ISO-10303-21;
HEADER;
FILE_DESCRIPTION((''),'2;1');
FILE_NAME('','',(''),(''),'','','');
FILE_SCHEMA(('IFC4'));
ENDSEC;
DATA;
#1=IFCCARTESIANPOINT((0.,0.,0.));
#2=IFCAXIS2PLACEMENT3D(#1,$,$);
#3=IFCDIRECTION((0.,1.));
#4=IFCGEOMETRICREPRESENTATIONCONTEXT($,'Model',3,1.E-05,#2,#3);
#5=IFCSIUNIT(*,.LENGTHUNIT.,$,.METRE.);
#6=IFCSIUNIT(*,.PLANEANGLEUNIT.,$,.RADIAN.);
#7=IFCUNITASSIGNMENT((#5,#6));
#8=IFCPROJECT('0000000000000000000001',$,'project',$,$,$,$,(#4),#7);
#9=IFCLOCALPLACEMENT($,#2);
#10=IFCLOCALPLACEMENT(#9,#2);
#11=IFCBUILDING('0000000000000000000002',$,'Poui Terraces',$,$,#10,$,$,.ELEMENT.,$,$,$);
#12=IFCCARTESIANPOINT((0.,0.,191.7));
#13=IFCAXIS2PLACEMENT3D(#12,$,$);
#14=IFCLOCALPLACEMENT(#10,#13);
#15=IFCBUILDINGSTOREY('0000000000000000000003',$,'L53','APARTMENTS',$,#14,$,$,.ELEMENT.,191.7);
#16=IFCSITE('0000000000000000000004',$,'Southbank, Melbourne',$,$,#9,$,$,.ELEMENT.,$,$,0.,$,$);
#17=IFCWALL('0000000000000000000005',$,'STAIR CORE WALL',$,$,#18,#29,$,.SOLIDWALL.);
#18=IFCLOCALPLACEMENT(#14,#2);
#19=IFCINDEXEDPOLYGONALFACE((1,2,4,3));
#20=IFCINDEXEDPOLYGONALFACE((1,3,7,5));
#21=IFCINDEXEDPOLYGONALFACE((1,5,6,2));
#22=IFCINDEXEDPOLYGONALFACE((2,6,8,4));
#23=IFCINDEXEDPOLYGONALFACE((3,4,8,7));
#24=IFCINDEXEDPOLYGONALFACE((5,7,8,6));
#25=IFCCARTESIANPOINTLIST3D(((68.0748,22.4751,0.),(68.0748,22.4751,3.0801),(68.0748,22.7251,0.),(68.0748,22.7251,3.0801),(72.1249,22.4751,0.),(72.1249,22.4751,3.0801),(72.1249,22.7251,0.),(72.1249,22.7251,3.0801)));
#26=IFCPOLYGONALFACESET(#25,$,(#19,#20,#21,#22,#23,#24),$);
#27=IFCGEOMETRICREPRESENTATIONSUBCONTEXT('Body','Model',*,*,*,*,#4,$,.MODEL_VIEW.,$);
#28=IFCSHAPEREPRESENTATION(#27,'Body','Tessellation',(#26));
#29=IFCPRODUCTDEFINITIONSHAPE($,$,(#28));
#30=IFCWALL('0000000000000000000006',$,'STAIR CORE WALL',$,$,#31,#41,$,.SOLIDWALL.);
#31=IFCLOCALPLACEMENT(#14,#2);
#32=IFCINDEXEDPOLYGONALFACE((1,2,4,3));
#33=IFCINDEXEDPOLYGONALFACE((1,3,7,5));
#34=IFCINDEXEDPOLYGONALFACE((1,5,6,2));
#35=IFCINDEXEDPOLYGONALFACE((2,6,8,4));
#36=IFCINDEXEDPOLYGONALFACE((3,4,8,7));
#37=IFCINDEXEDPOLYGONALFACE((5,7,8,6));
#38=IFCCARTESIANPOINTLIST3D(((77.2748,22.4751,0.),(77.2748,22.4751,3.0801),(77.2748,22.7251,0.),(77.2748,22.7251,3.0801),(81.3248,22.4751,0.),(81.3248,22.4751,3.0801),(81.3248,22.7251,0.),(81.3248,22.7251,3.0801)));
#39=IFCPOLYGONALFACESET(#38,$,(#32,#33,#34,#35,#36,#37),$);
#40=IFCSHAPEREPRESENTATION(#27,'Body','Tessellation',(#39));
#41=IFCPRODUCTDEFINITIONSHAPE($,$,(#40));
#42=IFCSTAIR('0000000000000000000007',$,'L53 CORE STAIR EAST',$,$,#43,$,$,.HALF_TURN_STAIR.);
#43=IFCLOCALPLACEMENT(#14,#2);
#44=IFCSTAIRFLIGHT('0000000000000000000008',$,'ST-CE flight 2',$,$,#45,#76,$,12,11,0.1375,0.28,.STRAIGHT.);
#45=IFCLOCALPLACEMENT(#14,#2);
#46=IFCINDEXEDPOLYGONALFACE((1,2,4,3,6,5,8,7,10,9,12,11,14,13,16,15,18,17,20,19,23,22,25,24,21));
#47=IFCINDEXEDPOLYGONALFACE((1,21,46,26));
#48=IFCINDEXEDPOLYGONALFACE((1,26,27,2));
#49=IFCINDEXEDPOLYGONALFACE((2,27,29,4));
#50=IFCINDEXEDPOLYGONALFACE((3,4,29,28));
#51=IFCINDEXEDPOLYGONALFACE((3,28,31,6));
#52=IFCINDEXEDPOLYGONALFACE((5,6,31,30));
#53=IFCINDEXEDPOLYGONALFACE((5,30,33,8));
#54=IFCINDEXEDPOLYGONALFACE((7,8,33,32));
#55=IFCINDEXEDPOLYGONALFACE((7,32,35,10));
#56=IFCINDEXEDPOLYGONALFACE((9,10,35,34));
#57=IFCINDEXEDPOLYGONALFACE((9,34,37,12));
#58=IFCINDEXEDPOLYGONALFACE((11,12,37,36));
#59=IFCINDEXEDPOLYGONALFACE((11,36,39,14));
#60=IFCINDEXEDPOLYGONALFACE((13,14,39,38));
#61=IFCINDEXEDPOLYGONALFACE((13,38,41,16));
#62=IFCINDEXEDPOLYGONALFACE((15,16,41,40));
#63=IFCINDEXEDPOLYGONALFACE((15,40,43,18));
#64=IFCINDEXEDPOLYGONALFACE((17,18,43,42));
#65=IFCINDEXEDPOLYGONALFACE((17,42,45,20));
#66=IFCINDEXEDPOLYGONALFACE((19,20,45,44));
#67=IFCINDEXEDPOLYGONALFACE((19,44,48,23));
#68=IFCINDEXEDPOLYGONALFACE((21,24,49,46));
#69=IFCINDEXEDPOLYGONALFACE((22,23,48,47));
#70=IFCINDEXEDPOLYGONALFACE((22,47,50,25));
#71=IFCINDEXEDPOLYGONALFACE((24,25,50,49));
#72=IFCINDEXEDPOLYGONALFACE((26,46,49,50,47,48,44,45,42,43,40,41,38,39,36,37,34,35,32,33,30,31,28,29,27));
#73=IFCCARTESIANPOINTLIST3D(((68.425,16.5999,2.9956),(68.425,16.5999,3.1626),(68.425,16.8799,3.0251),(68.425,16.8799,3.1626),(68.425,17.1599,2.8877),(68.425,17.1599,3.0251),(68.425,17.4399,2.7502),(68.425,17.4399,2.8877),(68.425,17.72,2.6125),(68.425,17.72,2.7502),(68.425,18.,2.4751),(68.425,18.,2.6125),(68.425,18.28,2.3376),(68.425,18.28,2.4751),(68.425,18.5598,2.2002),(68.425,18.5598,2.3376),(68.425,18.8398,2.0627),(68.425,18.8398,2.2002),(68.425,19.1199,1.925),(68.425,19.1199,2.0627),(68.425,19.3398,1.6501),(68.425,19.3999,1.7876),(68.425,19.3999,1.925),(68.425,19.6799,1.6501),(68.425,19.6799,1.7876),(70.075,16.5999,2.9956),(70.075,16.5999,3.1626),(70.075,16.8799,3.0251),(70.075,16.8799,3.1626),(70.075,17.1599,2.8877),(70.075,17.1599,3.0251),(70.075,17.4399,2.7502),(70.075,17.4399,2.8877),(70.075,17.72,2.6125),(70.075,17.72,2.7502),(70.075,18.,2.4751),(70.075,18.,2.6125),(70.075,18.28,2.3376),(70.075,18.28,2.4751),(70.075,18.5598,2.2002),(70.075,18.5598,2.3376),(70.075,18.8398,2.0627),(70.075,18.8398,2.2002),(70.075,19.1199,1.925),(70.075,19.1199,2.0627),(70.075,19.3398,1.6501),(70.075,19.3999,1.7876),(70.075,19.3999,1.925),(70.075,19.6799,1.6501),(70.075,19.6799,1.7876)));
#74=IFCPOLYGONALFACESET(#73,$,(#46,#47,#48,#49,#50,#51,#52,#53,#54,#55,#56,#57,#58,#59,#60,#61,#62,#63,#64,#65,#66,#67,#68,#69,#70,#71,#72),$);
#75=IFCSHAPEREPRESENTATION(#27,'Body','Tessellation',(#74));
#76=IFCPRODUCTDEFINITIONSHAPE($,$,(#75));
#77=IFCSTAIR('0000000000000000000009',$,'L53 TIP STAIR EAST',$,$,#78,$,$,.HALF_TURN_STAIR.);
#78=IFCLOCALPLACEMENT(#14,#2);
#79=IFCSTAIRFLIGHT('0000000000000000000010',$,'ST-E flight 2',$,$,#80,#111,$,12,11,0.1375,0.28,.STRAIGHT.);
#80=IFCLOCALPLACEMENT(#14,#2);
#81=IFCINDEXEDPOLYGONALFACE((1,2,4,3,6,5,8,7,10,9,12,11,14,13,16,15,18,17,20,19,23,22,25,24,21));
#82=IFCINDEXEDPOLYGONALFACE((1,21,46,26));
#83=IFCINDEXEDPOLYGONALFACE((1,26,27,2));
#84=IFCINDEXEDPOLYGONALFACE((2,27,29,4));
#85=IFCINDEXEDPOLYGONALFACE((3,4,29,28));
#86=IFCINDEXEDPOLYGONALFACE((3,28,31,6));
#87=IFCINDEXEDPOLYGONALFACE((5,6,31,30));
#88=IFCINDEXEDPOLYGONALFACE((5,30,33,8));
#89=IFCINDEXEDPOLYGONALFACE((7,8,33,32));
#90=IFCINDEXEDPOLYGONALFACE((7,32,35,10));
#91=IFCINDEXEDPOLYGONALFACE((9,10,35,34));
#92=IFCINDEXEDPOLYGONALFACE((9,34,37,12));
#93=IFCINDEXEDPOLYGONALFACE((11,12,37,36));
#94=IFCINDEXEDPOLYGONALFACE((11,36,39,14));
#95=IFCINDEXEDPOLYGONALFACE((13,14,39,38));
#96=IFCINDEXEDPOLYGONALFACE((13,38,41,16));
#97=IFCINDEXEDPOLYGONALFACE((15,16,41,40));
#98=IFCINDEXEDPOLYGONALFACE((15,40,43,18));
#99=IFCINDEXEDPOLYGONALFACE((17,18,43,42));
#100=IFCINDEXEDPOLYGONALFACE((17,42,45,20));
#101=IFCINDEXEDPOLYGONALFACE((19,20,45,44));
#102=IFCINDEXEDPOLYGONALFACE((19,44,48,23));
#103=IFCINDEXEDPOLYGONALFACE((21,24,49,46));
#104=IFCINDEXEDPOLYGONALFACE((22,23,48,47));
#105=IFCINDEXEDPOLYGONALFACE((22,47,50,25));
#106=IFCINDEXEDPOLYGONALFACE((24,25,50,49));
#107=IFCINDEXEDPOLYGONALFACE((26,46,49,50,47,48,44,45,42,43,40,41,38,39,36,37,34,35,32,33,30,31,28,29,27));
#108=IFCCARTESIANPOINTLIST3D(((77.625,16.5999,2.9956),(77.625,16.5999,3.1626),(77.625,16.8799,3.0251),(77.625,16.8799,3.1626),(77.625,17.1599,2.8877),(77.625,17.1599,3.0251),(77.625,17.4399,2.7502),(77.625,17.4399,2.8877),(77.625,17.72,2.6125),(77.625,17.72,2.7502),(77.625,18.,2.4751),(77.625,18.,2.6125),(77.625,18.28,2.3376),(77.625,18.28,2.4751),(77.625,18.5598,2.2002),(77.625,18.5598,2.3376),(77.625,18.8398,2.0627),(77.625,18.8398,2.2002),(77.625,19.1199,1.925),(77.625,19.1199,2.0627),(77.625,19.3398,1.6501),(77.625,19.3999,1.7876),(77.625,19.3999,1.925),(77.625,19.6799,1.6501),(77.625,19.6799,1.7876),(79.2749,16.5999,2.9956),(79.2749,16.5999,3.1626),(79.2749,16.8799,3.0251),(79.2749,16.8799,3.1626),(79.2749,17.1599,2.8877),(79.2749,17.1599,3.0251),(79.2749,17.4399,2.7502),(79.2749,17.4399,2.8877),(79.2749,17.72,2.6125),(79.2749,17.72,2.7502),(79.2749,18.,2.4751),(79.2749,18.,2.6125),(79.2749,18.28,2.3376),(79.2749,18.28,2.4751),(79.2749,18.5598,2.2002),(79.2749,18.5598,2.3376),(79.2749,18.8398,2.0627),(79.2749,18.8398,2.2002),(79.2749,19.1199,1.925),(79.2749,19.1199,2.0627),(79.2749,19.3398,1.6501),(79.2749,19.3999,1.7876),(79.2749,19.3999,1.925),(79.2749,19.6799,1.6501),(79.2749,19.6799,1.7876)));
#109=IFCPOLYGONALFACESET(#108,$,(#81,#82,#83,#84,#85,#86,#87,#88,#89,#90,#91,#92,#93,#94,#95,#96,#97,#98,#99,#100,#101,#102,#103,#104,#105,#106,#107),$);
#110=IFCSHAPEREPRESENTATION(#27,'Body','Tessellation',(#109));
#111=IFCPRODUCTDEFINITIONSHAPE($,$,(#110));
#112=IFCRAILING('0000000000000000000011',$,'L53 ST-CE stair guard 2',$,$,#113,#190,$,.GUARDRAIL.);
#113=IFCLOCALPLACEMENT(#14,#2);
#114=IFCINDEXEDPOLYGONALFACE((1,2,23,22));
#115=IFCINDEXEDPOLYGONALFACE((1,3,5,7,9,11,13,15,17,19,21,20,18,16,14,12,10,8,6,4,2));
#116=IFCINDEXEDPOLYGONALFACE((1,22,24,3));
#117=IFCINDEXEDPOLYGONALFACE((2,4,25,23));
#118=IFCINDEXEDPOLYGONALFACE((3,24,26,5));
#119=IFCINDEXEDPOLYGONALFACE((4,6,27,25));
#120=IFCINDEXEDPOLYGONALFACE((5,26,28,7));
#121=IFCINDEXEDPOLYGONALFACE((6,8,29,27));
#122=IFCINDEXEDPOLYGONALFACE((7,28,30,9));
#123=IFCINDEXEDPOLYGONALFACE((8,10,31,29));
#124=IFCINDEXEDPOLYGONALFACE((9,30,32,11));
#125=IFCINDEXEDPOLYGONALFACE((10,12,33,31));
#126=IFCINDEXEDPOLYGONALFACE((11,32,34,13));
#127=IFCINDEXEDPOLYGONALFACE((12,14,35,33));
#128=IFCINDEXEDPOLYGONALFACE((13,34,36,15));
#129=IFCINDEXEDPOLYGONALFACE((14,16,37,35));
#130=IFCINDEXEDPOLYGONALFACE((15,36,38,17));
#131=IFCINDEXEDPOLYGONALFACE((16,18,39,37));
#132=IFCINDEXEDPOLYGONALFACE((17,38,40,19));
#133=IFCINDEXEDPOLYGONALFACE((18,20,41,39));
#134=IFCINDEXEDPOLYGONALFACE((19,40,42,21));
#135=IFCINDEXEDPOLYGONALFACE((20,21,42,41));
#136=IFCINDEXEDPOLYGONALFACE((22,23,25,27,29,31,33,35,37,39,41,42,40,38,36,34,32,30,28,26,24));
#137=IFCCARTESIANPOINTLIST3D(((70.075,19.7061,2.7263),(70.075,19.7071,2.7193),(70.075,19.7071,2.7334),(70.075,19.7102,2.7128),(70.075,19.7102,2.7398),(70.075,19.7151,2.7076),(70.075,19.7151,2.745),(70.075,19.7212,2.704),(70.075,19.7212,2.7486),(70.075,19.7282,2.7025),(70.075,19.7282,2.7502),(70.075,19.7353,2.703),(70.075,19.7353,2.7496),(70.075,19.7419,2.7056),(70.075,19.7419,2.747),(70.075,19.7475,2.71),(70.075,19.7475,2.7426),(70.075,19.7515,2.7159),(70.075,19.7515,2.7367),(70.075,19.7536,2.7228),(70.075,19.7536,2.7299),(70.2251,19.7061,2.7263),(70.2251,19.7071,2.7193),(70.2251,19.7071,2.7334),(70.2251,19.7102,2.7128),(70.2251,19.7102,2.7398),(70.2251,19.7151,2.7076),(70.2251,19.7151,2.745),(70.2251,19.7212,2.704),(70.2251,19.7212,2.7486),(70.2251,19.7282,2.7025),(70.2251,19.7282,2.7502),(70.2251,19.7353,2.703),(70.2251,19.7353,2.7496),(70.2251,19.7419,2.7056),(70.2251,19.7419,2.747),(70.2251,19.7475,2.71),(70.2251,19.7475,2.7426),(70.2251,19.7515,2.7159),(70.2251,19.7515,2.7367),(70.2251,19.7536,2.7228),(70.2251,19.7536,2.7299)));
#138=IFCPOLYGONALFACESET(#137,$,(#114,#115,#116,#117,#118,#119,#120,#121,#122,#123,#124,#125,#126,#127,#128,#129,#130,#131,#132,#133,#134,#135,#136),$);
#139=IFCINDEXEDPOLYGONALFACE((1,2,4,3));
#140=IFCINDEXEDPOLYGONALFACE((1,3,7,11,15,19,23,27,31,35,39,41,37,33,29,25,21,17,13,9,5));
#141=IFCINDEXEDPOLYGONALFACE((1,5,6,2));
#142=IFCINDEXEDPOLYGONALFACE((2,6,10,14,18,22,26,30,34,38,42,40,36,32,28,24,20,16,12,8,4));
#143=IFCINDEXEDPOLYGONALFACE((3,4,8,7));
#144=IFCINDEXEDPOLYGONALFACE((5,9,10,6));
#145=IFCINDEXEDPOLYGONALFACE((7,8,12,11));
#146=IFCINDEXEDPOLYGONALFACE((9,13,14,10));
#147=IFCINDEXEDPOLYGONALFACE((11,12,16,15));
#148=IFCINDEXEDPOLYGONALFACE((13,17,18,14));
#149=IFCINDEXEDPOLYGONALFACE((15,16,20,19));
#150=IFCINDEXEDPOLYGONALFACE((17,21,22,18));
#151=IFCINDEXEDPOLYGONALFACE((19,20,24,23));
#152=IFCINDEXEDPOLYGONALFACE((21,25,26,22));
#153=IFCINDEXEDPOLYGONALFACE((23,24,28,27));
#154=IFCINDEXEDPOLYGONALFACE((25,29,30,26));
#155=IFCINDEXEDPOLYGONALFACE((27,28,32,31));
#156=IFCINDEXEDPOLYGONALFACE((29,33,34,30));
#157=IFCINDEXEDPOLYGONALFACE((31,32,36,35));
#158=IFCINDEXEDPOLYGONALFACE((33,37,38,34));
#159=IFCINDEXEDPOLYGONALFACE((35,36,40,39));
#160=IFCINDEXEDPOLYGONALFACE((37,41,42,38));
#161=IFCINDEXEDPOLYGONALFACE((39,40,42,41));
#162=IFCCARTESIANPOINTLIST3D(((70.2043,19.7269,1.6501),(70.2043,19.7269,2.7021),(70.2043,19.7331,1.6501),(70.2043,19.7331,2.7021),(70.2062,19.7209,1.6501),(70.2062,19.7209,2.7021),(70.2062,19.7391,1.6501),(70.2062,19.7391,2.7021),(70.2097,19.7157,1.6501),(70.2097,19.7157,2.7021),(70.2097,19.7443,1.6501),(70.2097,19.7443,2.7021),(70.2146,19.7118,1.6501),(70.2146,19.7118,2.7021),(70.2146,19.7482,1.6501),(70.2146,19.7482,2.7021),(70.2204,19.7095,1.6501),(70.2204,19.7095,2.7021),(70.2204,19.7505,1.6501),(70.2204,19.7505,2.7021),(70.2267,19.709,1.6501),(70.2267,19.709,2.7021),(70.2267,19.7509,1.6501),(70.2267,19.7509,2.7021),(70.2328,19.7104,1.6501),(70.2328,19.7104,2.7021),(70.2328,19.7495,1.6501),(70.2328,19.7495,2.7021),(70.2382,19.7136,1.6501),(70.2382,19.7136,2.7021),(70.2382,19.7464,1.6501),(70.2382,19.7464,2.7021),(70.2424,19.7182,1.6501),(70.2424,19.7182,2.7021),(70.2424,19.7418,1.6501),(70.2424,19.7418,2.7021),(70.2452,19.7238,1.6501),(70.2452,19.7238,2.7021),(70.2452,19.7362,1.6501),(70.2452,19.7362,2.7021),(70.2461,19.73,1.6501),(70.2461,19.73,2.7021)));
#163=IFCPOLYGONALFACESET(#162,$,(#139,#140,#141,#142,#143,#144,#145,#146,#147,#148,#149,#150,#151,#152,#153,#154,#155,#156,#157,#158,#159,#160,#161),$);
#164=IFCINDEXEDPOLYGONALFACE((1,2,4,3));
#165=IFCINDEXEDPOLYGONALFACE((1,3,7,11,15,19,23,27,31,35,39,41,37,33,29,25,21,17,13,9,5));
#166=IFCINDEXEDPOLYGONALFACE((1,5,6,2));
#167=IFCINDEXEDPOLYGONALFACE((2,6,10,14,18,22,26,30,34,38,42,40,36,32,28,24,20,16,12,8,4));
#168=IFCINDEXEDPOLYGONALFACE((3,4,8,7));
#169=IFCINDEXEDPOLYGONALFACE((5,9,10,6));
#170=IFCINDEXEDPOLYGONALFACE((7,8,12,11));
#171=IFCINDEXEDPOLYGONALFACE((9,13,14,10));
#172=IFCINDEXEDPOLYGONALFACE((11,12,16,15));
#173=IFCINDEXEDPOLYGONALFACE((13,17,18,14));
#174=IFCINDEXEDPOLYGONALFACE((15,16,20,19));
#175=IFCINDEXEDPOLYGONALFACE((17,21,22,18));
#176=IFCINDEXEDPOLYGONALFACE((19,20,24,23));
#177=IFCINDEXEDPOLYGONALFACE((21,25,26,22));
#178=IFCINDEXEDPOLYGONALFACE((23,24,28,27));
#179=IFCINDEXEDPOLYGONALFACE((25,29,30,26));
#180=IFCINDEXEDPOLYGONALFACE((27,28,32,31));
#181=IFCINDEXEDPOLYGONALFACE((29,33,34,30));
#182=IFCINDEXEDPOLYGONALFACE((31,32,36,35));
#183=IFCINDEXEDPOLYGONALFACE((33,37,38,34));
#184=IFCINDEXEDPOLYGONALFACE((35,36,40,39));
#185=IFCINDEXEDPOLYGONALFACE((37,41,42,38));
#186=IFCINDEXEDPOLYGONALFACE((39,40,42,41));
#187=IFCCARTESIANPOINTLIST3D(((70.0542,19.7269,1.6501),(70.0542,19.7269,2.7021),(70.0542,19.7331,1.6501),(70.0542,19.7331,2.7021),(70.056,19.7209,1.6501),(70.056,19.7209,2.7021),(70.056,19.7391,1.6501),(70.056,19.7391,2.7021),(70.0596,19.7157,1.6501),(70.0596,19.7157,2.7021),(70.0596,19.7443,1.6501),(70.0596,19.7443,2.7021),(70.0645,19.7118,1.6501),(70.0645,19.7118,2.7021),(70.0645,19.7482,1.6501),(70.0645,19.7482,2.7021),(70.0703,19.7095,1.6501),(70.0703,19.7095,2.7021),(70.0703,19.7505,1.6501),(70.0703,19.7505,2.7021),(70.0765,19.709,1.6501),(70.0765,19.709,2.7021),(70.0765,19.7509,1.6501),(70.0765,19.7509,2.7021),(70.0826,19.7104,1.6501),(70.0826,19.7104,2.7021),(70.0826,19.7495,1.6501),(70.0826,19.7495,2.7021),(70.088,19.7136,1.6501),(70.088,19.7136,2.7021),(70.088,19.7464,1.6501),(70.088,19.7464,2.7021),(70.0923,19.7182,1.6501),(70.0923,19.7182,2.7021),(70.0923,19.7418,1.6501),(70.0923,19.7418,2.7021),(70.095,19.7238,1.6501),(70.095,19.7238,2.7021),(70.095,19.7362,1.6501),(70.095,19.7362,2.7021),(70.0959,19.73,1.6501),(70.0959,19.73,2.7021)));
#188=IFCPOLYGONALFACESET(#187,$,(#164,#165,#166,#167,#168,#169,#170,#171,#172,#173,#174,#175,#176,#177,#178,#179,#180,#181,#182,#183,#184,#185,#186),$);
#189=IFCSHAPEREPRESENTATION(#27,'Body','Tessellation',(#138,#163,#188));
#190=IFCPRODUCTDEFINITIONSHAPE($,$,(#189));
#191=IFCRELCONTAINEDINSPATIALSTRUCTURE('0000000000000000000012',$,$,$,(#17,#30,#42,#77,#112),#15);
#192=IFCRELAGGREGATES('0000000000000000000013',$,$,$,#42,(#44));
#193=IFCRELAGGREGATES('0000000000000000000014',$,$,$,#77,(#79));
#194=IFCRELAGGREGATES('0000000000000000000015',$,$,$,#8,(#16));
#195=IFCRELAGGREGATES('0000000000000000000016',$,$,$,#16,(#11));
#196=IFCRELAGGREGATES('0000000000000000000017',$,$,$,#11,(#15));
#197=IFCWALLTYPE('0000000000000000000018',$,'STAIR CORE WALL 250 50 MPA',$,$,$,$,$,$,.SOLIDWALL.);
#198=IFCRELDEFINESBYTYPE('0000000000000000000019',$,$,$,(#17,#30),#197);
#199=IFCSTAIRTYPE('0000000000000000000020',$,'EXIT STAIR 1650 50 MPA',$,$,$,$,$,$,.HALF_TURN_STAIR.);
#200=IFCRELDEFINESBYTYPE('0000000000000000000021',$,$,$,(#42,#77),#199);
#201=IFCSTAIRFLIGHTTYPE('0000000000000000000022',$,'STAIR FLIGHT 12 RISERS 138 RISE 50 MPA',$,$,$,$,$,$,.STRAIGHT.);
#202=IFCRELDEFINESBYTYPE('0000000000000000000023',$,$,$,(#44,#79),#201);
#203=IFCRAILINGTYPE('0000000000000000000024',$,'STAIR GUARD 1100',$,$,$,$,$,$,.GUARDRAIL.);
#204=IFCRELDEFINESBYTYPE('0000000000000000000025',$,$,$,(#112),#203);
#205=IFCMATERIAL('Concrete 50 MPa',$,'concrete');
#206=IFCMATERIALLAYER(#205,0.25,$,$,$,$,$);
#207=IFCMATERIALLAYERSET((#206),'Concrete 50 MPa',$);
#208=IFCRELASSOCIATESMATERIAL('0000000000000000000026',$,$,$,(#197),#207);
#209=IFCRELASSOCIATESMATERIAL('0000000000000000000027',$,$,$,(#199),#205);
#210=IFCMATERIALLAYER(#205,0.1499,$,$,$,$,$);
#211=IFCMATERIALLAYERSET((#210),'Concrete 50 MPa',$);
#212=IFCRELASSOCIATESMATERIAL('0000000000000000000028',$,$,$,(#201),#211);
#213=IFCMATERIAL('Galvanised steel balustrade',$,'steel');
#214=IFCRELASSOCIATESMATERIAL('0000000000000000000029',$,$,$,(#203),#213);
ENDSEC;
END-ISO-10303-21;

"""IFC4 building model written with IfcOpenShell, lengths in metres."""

from ifc_helpers import new_model, si_unit, direction, frame, frame_2d, origin, origin_2d, place, context, subcontext, project, spatial, polyline, rectangle, circle, outline, extrude, material, layer, layer_set, type_object, element, aggregate, save


model = new_model("IFC4")

# Units and contexts
model_context = context("Model", 3, precision=1e-05, world=origin(), true_north=direction((0.0, 1.0)))
body_context = subcontext(model_context, "Body", "Model", "MODEL_VIEW")
ifc_project = project(units=[si_unit("LENGTHUNIT", "METRE"), si_unit("PLANEANGLEUNIT", "RADIAN")], contexts=[model_context])

# Site, building, storey
site_placement = place(None, origin())
site = spatial("IfcSite", under=ifc_project, at=site_placement, Name="Southbank, Melbourne", CompositionType="ELEMENT", RefElevation=0.0)
building_placement = place(site_placement, origin())
building = spatial("IfcBuilding", under=site, at=building_placement, Name="Poui Terraces", CompositionType="ELEMENT")
storey_placement = place(building_placement, frame((0.0, 0.0, 191.7)))
storey = spatial("IfcBuildingStorey", under=building, at=storey_placement, Name="L53", Description="APARTMENTS", CompositionType="ELEMENT", Elevation=191.7)

# Shared definitions
ifc_material_1 = material(Name="Concrete 50 MPa", Category="concrete")

# Walls
ifc_layer_1 = layer(ifc_material_1, 0.25)
ifc_layer_set_1 = layer_set([ifc_layer_1], Name="Concrete 50 MPa")
wall_type_1 = type_object("IfcWallType", Name="STAIR CORE WALL 250 50 MPA", PredefinedType="SOLIDWALL", material=ifc_layer_set_1)
for number, where, z_axis, x_axis, name in (
    (1, (68.075, 22.6001, 0.0), (0.0, 0.0, 1.0), (1.0, 0.0, 0.0), "STAIR CORE WALL"),
    (2, (77.2749, 22.6001, 0.0), (0.0, 0.0, 1.0), (1.0, 0.0, 0.0), "STAIR CORE WALL"),
):
    element("IfcWall", number, at=place(storey_placement, frame(where, z_axis=z_axis, x_axis=x_axis)), inside=storey, type_object=wall_type_1, Name=name, PredefinedType="SOLIDWALL", context=body_context, shape_type="SweptSolid", body=[
        extrude(rectangle(XDim=4.05, YDim=0.25, at=frame_2d((2.0249, 0.0))), origin(), (0.0, 0.0, 1.0), 3.0801),
    ])

# Stairs, stair flights
stair_type = type_object("IfcStairType", Name="EXIT STAIR 1650 50 MPA", PredefinedType="HALF_TURN_STAIR", material=ifc_material_1)
stair_1_placement = place(storey_placement, origin())
stair_1 = element("IfcStair", 3, at=stair_1_placement, inside=storey, type_object=stair_type, Name="L53 CORE STAIR EAST", PredefinedType="HALF_TURN_STAIR")
ifc_layer_2 = layer(ifc_material_1, 0.1499)
ifc_layer_set_2 = layer_set([ifc_layer_2], Name="Concrete 50 MPa")
stair_flight_type = type_object("IfcStairFlightType", Name="STAIR FLIGHT 12 RISERS 138 RISE 50 MPA", PredefinedType="STRAIGHT", material=ifc_layer_set_2)
stair_flight_1_placement = place(storey_placement, frame((69.25, 19.6799, 1.6501), z_axis=(0.0, 0.0, 1.0), x_axis=(0.0, -1.0, 0.0)))
stair_flight_1 = element("IfcStairFlight", 4, at=stair_flight_1_placement, type_object=stair_flight_type, Name="ST-CE flight 2", NumberOfRisers=12, NumberOfTreads=11, PredefinedType="STRAIGHT", RiserHeight=0.1375, TreadLength=0.28, context=body_context, shape_type="SweptSolid", body=[
    extrude(outline(polyline([(0.0, 0.0), (0.0, 0.1375), (0.28, 0.1375), (0.28, 0.2749), (0.5601, 0.2749), (0.5601, 0.4126), (0.8401, 0.4126), (0.8401, 0.55), (1.1201, 0.55), (1.1201, 0.6875), (1.3999, 0.6875), (1.3999, 0.825), (1.6799, 0.825), (1.6799, 0.9624), (1.96, 0.9624), (1.96, 1.1001), (2.24, 1.1001), (2.24, 1.2375), (2.52, 1.2375), (2.52, 1.375), (2.8, 1.375), (2.8, 1.5125), (3.0801, 1.5125), (3.0801, 1.6499), (3.0801, 1.3455), (0.3401, 0.0), (0.0, 0.0)])), frame((0.0, 0.825, 0.0), z_axis=(0.0, -1.0, 0.0), x_axis=(1.0, 0.0, 0.0)), (0.0, 0.0, 1.0), 1.6499),
])
aggregate(stair_1, [stair_flight_1])
stair_2_placement = place(storey_placement, origin())
stair_2 = element("IfcStair", 5, at=stair_2_placement, inside=storey, type_object=stair_type, Name="L53 TIP STAIR EAST", PredefinedType="HALF_TURN_STAIR")
stair_flight_2_placement = place(storey_placement, frame((78.45, 19.6799, 1.6501), z_axis=(0.0, 0.0, 1.0), x_axis=(0.0, -1.0, 0.0)))
stair_flight_2 = element("IfcStairFlight", 6, at=stair_flight_2_placement, type_object=stair_flight_type, Name="ST-E flight 2", NumberOfRisers=12, NumberOfTreads=11, PredefinedType="STRAIGHT", RiserHeight=0.1375, TreadLength=0.28, context=body_context, shape_type="SweptSolid", body=[
    extrude(outline(polyline([(0.0, 0.0), (0.0, 0.1375), (0.28, 0.1375), (0.28, 0.2749), (0.5601, 0.2749), (0.5601, 0.4126), (0.8401, 0.4126), (0.8401, 0.55), (1.1201, 0.55), (1.1201, 0.6875), (1.3999, 0.6875), (1.3999, 0.825), (1.6799, 0.825), (1.6799, 0.9624), (1.96, 0.9624), (1.96, 1.1001), (2.24, 1.1001), (2.24, 1.2375), (2.52, 1.2375), (2.52, 1.375), (2.8, 1.375), (2.8, 1.5125), (3.0801, 1.5125), (3.0801, 1.6499), (3.0801, 1.3455), (0.3401, 0.0), (0.0, 0.0)])), frame((0.0, 0.825, 0.0), z_axis=(0.0, -1.0, 0.0), x_axis=(1.0, 0.0, 0.0)), (0.0, 0.0, 1.0), 1.6499),
])
aggregate(stair_2, [stair_flight_2])

# Railing
ifc_material_2 = material(Name="Galvanised steel balustrade", Category="steel")
railing_type_1 = type_object("IfcRailingType", Name="STAIR GUARD 1100", PredefinedType="GUARDRAIL", material=ifc_material_2)
railing_1_placement = place(storey_placement, frame((70.2251, 19.73, 1.6501)))
element("IfcRailing", 7, at=railing_1_placement, inside=storey, type_object=railing_type_1, Name="L53 ST-CE stair guard 2", PredefinedType="GUARDRAIL", context=body_context, shape_type="SweptSolid", body=[
    extrude(circle(Radius=0.0239, at=origin_2d()), frame((0.0, 0.0, 1.0762), z_axis=(-1.0, 0.0, 0.0), x_axis=(0.0, -1.0, 0.0)), (0.0, 0.0, 1.0), 0.1501),
    extrude(circle(Radius=0.021, at=origin_2d()), origin(), (0.0, 0.0, 1.0), 1.052),
    extrude(circle(Radius=0.021, at=origin_2d()), frame((-0.1501, 0.0, 0.0)), (0.0, 0.0, 1.0), 1.052),
])

save(model, "model.ifc")
